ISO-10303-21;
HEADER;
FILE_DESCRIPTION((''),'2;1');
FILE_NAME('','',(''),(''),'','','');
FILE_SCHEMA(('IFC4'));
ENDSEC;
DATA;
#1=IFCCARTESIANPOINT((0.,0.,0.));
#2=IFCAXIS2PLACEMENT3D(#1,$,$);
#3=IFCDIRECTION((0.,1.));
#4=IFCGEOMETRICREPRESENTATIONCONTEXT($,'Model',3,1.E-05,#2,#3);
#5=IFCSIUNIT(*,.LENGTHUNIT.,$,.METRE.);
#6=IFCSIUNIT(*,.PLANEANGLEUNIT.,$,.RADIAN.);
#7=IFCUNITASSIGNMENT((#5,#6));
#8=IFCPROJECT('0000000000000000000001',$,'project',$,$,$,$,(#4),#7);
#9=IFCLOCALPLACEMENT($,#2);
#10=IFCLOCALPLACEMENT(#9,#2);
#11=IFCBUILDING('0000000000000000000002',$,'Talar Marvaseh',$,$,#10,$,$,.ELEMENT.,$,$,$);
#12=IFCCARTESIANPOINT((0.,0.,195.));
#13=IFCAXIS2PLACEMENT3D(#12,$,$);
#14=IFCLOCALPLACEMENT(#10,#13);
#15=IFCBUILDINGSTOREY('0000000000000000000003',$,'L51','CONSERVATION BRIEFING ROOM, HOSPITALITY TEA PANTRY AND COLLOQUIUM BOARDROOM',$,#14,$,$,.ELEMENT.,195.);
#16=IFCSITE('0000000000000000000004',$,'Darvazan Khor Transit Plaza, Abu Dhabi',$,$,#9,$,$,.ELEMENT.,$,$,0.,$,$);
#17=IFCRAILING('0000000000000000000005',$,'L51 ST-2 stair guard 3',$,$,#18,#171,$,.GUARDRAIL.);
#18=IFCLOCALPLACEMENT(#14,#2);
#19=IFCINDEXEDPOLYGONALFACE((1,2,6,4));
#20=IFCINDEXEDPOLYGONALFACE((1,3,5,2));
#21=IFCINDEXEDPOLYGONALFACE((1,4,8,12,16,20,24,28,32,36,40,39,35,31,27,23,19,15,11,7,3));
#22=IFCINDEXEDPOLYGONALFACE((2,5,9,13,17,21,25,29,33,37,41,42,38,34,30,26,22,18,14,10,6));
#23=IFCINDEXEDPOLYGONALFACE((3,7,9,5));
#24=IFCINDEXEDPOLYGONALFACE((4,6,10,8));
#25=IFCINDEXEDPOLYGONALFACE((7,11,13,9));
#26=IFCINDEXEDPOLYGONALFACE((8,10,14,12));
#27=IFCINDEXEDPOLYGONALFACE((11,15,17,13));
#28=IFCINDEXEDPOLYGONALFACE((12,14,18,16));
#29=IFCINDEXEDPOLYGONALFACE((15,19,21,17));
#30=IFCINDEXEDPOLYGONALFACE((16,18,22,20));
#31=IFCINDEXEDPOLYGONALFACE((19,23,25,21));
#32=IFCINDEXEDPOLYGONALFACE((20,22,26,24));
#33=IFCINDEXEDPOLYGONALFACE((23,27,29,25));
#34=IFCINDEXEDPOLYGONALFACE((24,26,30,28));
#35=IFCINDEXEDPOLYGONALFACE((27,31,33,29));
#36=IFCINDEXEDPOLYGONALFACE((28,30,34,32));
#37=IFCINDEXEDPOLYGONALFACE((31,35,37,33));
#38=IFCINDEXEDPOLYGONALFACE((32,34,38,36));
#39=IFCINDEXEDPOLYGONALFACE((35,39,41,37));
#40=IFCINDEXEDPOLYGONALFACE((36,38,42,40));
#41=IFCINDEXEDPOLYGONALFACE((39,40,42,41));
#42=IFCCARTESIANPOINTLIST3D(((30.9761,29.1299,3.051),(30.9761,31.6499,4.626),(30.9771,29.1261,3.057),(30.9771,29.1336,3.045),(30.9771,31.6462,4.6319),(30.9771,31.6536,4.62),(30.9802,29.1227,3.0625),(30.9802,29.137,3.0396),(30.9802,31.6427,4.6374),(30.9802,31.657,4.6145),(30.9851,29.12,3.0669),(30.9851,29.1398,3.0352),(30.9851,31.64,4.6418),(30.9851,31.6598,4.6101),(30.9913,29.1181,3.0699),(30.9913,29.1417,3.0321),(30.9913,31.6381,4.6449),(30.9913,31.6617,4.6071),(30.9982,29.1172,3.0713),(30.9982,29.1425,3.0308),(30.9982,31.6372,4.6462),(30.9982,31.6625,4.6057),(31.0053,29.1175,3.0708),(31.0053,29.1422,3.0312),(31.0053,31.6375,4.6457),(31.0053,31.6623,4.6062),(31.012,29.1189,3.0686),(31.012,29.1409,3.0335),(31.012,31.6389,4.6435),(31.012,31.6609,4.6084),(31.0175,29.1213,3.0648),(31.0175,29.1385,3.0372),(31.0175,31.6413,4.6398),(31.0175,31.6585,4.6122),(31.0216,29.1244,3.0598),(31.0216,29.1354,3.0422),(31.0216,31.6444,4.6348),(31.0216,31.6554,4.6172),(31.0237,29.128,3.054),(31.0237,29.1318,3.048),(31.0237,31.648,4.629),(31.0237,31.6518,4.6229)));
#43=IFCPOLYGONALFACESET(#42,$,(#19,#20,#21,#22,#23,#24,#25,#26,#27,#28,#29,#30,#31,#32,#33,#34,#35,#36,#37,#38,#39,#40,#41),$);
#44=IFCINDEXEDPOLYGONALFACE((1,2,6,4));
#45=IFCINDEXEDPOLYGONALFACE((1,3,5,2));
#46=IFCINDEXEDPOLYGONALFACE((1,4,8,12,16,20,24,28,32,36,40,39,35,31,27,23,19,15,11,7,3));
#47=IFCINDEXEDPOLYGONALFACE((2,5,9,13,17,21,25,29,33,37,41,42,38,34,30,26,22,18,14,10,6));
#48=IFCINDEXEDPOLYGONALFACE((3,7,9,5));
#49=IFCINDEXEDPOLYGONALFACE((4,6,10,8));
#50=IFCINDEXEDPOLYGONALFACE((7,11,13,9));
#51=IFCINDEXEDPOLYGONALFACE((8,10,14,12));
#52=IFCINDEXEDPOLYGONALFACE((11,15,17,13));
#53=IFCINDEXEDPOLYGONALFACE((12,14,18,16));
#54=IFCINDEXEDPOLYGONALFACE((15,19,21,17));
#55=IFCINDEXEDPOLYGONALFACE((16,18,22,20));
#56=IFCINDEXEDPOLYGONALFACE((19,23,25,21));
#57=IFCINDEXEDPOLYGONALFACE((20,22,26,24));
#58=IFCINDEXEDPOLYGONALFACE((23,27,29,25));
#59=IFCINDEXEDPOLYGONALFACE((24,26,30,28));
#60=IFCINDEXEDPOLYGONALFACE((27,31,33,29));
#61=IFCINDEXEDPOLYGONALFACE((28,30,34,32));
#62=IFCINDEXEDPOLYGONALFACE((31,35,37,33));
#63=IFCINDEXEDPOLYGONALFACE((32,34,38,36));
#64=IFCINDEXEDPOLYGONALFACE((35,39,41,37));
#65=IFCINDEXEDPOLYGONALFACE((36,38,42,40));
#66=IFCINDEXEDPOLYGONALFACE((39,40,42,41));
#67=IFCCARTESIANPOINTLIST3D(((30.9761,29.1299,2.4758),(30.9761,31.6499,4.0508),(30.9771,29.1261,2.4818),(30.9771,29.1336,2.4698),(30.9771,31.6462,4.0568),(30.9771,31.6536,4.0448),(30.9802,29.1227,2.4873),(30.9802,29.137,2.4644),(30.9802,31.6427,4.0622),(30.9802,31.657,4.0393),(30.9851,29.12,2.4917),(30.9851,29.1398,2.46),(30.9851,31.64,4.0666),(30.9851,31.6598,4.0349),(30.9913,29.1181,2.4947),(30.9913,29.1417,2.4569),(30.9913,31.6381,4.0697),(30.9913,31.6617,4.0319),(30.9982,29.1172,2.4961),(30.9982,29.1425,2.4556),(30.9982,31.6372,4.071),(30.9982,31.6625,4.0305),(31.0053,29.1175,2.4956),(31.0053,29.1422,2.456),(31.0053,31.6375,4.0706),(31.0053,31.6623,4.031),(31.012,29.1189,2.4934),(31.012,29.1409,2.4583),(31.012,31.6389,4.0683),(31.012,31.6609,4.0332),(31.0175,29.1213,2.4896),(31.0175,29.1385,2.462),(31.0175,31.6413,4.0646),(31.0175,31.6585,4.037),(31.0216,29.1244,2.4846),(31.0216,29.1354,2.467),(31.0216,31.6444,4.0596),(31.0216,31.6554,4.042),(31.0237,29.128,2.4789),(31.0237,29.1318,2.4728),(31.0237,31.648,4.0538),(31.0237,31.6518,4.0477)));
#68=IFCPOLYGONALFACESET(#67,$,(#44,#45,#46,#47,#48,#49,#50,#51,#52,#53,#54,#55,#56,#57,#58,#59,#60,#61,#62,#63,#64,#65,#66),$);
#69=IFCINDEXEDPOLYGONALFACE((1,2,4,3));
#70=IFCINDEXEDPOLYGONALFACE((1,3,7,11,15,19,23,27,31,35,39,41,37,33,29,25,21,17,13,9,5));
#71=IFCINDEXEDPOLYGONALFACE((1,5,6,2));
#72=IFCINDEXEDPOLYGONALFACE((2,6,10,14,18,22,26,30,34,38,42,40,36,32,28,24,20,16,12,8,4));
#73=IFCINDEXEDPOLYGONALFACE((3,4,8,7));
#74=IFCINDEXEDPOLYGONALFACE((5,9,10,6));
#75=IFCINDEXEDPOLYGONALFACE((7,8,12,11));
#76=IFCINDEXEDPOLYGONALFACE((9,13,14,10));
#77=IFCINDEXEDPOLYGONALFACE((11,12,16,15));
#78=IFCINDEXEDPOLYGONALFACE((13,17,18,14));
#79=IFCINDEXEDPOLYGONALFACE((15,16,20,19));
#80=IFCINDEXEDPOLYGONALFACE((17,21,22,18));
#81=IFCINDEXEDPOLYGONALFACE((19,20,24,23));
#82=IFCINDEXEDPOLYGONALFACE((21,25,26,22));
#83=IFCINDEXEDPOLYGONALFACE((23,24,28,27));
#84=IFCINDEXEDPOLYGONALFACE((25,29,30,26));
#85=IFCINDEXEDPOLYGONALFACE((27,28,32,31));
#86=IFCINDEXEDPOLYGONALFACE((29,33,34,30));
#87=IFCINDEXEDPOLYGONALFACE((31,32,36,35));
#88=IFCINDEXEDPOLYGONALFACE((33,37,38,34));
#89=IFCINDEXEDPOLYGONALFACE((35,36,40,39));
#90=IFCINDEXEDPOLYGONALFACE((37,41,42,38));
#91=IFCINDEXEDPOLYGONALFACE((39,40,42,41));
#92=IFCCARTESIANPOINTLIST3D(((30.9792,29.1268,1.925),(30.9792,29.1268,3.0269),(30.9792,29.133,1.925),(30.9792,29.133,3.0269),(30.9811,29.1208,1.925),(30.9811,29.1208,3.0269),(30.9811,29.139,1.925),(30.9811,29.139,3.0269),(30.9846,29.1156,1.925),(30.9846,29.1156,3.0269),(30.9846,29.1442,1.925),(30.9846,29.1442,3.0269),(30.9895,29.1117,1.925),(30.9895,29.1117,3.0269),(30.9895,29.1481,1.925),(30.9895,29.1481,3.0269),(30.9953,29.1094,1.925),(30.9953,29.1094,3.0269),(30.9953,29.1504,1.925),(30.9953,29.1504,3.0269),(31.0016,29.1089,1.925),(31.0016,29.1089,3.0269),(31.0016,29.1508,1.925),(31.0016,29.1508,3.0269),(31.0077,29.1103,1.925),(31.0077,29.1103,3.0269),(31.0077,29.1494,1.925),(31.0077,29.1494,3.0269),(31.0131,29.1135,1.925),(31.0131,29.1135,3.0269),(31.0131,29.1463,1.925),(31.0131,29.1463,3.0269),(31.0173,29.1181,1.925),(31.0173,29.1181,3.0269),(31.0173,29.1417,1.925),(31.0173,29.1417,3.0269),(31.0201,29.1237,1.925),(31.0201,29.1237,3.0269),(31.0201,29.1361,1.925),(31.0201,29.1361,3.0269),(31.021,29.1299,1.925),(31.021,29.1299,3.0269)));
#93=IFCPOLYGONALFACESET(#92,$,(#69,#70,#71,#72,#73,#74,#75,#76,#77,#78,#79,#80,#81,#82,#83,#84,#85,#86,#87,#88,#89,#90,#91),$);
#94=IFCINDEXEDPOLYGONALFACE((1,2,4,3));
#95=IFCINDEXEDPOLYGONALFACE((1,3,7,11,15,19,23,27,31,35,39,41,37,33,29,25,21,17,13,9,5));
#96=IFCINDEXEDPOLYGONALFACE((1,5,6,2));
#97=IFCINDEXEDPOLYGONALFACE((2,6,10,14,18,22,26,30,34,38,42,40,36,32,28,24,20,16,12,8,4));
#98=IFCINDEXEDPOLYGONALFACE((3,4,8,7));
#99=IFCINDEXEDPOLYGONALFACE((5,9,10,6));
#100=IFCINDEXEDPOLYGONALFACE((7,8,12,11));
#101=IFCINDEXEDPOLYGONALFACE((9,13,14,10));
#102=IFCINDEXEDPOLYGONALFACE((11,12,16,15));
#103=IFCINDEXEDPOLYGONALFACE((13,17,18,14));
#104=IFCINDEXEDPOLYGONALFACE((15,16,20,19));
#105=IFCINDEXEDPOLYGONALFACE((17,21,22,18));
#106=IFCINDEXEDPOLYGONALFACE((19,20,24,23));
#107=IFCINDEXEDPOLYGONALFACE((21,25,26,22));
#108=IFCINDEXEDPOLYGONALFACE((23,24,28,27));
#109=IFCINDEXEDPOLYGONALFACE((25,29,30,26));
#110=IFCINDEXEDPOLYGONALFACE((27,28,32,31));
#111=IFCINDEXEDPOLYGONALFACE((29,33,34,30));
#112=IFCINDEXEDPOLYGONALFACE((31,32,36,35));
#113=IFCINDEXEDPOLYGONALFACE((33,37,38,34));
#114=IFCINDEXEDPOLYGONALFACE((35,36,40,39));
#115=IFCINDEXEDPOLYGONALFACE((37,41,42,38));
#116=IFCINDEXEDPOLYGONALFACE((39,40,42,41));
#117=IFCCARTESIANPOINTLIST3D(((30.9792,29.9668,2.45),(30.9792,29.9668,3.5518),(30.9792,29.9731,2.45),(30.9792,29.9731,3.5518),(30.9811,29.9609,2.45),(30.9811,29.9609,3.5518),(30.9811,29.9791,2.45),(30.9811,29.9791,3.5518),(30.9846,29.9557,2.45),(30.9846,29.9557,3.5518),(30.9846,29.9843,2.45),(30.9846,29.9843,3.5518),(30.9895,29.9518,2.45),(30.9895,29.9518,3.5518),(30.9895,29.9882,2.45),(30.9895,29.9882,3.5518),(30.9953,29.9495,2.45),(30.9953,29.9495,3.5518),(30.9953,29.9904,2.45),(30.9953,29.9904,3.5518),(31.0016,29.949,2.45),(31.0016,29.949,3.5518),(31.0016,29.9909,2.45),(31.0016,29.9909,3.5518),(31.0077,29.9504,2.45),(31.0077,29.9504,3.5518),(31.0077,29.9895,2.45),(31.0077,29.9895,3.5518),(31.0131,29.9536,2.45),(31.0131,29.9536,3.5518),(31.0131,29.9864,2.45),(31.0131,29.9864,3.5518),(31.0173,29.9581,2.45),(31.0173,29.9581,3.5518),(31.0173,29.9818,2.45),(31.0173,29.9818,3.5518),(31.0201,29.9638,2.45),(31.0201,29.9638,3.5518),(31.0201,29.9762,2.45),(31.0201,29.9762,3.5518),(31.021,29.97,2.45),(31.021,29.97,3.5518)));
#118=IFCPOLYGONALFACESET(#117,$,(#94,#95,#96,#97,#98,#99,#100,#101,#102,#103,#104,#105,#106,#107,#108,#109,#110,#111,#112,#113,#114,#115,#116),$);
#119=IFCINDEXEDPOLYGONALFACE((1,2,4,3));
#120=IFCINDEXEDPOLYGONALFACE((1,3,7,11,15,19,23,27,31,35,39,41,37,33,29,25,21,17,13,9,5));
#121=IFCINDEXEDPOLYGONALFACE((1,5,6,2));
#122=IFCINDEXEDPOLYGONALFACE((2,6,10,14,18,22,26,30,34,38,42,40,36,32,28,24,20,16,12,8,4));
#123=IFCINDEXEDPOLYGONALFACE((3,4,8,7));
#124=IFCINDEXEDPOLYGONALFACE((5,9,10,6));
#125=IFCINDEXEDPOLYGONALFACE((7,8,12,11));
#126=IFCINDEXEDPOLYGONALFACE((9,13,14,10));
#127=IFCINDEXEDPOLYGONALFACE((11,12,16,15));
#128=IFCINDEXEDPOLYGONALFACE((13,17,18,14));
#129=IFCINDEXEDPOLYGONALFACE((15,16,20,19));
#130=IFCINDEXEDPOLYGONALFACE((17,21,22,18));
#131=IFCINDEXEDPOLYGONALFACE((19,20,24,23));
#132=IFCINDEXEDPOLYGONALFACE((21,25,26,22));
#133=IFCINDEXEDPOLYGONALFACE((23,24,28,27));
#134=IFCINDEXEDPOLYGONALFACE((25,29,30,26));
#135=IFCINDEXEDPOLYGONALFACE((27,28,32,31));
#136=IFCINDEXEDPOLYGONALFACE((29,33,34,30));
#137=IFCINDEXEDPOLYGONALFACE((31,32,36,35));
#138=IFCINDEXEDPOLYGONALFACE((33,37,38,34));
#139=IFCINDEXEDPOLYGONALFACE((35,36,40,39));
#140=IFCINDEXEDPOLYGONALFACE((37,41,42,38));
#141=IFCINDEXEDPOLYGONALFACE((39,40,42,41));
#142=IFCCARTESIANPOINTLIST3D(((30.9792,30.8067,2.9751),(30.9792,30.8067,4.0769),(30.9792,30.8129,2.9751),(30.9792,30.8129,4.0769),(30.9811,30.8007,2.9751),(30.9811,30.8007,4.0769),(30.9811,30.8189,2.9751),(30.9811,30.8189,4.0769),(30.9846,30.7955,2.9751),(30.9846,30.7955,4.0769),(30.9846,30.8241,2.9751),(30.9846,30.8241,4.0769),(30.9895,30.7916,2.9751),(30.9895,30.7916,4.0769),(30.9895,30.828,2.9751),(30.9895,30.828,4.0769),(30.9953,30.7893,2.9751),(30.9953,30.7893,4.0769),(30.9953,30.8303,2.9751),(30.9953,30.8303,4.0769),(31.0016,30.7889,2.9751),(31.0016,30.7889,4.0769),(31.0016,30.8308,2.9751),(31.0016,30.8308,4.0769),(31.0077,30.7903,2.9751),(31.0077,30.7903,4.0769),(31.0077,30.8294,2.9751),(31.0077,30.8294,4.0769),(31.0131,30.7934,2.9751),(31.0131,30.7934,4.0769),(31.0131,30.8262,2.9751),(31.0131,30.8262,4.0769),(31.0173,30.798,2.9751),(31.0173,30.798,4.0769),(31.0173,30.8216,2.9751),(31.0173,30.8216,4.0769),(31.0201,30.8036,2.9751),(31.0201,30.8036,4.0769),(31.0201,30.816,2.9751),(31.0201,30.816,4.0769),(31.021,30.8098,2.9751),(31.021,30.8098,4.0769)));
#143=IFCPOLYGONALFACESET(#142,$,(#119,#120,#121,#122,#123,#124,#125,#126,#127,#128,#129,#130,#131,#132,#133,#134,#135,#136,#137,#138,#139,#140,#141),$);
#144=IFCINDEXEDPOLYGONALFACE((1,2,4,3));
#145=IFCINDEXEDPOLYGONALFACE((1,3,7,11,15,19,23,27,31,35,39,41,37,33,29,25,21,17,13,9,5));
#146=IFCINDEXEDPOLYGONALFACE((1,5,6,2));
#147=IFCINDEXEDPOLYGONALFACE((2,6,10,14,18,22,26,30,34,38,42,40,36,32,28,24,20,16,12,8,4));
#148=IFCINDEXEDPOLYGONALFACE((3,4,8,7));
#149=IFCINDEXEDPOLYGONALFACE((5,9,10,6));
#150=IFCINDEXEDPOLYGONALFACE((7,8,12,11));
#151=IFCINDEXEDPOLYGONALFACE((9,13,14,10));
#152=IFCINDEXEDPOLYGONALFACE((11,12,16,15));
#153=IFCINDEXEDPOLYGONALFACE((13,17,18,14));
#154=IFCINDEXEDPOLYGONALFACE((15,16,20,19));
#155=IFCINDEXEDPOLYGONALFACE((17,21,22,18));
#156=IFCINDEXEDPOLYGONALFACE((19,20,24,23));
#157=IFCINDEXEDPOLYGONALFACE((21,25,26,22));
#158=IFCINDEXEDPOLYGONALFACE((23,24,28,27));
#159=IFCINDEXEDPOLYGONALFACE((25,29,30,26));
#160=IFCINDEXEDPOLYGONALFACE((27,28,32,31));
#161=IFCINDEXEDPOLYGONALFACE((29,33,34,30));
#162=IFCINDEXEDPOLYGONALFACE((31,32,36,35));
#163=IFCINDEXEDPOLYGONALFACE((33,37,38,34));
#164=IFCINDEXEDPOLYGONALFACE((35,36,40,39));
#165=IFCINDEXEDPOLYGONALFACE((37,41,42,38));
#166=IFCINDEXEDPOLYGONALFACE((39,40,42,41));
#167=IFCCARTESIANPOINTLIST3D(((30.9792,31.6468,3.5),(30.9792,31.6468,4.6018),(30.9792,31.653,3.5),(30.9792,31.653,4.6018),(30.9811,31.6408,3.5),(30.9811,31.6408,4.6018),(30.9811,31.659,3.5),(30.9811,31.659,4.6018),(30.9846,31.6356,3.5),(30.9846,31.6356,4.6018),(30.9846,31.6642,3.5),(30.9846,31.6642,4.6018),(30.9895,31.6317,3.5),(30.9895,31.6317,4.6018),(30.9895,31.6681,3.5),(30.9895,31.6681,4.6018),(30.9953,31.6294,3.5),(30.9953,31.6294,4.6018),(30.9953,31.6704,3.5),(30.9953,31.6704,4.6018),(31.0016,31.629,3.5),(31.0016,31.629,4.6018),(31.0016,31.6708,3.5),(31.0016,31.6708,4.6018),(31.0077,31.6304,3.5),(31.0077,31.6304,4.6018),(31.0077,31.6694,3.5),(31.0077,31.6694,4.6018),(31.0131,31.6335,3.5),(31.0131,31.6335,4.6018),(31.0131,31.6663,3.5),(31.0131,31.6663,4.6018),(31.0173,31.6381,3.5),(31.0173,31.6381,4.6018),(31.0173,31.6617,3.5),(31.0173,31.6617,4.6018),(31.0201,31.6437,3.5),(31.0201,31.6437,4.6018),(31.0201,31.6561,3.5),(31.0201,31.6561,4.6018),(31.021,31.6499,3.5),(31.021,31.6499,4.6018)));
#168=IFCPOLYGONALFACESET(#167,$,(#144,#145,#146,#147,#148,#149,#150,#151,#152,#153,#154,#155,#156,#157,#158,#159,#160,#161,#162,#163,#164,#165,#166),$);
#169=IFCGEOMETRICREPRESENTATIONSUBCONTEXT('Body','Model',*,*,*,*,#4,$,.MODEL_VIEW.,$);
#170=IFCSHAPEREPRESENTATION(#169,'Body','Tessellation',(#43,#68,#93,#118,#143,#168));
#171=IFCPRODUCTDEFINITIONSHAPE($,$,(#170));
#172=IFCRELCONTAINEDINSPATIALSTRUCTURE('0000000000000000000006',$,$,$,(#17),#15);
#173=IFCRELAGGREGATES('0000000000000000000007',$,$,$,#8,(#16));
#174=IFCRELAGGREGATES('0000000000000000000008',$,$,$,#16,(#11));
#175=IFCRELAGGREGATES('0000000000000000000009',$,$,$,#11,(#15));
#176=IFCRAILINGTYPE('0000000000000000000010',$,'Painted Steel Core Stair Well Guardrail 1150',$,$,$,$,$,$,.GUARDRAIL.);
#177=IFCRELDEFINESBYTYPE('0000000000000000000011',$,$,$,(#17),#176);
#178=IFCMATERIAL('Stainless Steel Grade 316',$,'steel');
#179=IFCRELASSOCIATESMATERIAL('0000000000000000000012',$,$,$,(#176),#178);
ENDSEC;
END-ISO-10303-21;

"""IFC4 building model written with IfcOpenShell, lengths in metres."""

from ifc_helpers import new_model, si_unit, direction, frame, origin, origin_2d, place, context, subcontext, project, spatial, circle, extrude, material, type_object, element, save


model = new_model("IFC4")

# Units and contexts
model_context = context("Model", 3, precision=1e-05, world=origin(), true_north=direction((0.0, 1.0)))
body_context = subcontext(model_context, "Body", "Model", "MODEL_VIEW")
ifc_project = project(units=[si_unit("LENGTHUNIT", "METRE"), si_unit("PLANEANGLEUNIT", "RADIAN")], contexts=[model_context])

# Site, building, storey
site_placement = place(None, origin())
site = spatial("IfcSite", under=ifc_project, at=site_placement, Name="Darvazan Khor Transit Plaza, Abu Dhabi", CompositionType="ELEMENT", RefElevation=0.0)
building_placement = place(site_placement, origin())
building = spatial("IfcBuilding", under=site, at=building_placement, Name="Talar Marvaseh", CompositionType="ELEMENT")
storey_placement = place(building_placement, frame((0.0, 0.0, 195.0)))
storey = spatial("IfcBuildingStorey", under=building, at=storey_placement, Name="L51", Description="CONSERVATION BRIEFING ROOM, HOSPITALITY TEA PANTRY AND COLLOQUIUM BOARDROOM", CompositionType="ELEMENT", Elevation=195.0)

# Shared definitions
ifc_material_1 = material(Name="Stainless Steel Grade 316", Category="steel")

# Railing
railing_type_1 = type_object("IfcRailingType", Name="Painted Steel Core Stair Well Guardrail 1150", PredefinedType="GUARDRAIL", material=ifc_material_1)
railing_1_placement = place(storey_placement, frame((31.0, 29.1299, 1.925)))
element("IfcRailing", 1, at=railing_1_placement, inside=storey, type_object=railing_type_1, Name="L51 ST-2 stair guard 3", PredefinedType="GUARDRAIL", context=body_context, shape_type="SweptSolid", body=[
    extrude(circle(Radius=0.0239, at=origin_2d()), frame((0.0, 0.0, 1.126), z_axis=(0.0, 0.848008, 0.529984), x_axis=(-1.0, 0.0, 0.0)), (0.0, 0.0, 1.0), 2.9717),
    extrude(circle(Radius=0.0239, at=origin_2d()), frame((0.0, 0.0, 0.5508), z_axis=(0.0, 0.848008, 0.529984), x_axis=(-1.0, 0.0, 0.0)), (0.0, 0.0, 1.0), 2.9717),
    extrude(circle(Radius=0.021, at=origin_2d()), origin(), (0.0, 0.0, 1.0), 1.1018),
    extrude(circle(Radius=0.021, at=origin_2d()), frame((0.0, 0.8401, 0.5249)), (0.0, 0.0, 1.0), 1.1018),
    extrude(circle(Radius=0.021, at=origin_2d()), frame((0.0, 1.6799, 1.05)), (0.0, 0.0, 1.0), 1.1018),
    extrude(circle(Radius=0.021, at=origin_2d()), frame((0.0, 2.52, 1.575)), (0.0, 0.0, 1.0), 1.1018),
])

save(model, "model.ifc")
